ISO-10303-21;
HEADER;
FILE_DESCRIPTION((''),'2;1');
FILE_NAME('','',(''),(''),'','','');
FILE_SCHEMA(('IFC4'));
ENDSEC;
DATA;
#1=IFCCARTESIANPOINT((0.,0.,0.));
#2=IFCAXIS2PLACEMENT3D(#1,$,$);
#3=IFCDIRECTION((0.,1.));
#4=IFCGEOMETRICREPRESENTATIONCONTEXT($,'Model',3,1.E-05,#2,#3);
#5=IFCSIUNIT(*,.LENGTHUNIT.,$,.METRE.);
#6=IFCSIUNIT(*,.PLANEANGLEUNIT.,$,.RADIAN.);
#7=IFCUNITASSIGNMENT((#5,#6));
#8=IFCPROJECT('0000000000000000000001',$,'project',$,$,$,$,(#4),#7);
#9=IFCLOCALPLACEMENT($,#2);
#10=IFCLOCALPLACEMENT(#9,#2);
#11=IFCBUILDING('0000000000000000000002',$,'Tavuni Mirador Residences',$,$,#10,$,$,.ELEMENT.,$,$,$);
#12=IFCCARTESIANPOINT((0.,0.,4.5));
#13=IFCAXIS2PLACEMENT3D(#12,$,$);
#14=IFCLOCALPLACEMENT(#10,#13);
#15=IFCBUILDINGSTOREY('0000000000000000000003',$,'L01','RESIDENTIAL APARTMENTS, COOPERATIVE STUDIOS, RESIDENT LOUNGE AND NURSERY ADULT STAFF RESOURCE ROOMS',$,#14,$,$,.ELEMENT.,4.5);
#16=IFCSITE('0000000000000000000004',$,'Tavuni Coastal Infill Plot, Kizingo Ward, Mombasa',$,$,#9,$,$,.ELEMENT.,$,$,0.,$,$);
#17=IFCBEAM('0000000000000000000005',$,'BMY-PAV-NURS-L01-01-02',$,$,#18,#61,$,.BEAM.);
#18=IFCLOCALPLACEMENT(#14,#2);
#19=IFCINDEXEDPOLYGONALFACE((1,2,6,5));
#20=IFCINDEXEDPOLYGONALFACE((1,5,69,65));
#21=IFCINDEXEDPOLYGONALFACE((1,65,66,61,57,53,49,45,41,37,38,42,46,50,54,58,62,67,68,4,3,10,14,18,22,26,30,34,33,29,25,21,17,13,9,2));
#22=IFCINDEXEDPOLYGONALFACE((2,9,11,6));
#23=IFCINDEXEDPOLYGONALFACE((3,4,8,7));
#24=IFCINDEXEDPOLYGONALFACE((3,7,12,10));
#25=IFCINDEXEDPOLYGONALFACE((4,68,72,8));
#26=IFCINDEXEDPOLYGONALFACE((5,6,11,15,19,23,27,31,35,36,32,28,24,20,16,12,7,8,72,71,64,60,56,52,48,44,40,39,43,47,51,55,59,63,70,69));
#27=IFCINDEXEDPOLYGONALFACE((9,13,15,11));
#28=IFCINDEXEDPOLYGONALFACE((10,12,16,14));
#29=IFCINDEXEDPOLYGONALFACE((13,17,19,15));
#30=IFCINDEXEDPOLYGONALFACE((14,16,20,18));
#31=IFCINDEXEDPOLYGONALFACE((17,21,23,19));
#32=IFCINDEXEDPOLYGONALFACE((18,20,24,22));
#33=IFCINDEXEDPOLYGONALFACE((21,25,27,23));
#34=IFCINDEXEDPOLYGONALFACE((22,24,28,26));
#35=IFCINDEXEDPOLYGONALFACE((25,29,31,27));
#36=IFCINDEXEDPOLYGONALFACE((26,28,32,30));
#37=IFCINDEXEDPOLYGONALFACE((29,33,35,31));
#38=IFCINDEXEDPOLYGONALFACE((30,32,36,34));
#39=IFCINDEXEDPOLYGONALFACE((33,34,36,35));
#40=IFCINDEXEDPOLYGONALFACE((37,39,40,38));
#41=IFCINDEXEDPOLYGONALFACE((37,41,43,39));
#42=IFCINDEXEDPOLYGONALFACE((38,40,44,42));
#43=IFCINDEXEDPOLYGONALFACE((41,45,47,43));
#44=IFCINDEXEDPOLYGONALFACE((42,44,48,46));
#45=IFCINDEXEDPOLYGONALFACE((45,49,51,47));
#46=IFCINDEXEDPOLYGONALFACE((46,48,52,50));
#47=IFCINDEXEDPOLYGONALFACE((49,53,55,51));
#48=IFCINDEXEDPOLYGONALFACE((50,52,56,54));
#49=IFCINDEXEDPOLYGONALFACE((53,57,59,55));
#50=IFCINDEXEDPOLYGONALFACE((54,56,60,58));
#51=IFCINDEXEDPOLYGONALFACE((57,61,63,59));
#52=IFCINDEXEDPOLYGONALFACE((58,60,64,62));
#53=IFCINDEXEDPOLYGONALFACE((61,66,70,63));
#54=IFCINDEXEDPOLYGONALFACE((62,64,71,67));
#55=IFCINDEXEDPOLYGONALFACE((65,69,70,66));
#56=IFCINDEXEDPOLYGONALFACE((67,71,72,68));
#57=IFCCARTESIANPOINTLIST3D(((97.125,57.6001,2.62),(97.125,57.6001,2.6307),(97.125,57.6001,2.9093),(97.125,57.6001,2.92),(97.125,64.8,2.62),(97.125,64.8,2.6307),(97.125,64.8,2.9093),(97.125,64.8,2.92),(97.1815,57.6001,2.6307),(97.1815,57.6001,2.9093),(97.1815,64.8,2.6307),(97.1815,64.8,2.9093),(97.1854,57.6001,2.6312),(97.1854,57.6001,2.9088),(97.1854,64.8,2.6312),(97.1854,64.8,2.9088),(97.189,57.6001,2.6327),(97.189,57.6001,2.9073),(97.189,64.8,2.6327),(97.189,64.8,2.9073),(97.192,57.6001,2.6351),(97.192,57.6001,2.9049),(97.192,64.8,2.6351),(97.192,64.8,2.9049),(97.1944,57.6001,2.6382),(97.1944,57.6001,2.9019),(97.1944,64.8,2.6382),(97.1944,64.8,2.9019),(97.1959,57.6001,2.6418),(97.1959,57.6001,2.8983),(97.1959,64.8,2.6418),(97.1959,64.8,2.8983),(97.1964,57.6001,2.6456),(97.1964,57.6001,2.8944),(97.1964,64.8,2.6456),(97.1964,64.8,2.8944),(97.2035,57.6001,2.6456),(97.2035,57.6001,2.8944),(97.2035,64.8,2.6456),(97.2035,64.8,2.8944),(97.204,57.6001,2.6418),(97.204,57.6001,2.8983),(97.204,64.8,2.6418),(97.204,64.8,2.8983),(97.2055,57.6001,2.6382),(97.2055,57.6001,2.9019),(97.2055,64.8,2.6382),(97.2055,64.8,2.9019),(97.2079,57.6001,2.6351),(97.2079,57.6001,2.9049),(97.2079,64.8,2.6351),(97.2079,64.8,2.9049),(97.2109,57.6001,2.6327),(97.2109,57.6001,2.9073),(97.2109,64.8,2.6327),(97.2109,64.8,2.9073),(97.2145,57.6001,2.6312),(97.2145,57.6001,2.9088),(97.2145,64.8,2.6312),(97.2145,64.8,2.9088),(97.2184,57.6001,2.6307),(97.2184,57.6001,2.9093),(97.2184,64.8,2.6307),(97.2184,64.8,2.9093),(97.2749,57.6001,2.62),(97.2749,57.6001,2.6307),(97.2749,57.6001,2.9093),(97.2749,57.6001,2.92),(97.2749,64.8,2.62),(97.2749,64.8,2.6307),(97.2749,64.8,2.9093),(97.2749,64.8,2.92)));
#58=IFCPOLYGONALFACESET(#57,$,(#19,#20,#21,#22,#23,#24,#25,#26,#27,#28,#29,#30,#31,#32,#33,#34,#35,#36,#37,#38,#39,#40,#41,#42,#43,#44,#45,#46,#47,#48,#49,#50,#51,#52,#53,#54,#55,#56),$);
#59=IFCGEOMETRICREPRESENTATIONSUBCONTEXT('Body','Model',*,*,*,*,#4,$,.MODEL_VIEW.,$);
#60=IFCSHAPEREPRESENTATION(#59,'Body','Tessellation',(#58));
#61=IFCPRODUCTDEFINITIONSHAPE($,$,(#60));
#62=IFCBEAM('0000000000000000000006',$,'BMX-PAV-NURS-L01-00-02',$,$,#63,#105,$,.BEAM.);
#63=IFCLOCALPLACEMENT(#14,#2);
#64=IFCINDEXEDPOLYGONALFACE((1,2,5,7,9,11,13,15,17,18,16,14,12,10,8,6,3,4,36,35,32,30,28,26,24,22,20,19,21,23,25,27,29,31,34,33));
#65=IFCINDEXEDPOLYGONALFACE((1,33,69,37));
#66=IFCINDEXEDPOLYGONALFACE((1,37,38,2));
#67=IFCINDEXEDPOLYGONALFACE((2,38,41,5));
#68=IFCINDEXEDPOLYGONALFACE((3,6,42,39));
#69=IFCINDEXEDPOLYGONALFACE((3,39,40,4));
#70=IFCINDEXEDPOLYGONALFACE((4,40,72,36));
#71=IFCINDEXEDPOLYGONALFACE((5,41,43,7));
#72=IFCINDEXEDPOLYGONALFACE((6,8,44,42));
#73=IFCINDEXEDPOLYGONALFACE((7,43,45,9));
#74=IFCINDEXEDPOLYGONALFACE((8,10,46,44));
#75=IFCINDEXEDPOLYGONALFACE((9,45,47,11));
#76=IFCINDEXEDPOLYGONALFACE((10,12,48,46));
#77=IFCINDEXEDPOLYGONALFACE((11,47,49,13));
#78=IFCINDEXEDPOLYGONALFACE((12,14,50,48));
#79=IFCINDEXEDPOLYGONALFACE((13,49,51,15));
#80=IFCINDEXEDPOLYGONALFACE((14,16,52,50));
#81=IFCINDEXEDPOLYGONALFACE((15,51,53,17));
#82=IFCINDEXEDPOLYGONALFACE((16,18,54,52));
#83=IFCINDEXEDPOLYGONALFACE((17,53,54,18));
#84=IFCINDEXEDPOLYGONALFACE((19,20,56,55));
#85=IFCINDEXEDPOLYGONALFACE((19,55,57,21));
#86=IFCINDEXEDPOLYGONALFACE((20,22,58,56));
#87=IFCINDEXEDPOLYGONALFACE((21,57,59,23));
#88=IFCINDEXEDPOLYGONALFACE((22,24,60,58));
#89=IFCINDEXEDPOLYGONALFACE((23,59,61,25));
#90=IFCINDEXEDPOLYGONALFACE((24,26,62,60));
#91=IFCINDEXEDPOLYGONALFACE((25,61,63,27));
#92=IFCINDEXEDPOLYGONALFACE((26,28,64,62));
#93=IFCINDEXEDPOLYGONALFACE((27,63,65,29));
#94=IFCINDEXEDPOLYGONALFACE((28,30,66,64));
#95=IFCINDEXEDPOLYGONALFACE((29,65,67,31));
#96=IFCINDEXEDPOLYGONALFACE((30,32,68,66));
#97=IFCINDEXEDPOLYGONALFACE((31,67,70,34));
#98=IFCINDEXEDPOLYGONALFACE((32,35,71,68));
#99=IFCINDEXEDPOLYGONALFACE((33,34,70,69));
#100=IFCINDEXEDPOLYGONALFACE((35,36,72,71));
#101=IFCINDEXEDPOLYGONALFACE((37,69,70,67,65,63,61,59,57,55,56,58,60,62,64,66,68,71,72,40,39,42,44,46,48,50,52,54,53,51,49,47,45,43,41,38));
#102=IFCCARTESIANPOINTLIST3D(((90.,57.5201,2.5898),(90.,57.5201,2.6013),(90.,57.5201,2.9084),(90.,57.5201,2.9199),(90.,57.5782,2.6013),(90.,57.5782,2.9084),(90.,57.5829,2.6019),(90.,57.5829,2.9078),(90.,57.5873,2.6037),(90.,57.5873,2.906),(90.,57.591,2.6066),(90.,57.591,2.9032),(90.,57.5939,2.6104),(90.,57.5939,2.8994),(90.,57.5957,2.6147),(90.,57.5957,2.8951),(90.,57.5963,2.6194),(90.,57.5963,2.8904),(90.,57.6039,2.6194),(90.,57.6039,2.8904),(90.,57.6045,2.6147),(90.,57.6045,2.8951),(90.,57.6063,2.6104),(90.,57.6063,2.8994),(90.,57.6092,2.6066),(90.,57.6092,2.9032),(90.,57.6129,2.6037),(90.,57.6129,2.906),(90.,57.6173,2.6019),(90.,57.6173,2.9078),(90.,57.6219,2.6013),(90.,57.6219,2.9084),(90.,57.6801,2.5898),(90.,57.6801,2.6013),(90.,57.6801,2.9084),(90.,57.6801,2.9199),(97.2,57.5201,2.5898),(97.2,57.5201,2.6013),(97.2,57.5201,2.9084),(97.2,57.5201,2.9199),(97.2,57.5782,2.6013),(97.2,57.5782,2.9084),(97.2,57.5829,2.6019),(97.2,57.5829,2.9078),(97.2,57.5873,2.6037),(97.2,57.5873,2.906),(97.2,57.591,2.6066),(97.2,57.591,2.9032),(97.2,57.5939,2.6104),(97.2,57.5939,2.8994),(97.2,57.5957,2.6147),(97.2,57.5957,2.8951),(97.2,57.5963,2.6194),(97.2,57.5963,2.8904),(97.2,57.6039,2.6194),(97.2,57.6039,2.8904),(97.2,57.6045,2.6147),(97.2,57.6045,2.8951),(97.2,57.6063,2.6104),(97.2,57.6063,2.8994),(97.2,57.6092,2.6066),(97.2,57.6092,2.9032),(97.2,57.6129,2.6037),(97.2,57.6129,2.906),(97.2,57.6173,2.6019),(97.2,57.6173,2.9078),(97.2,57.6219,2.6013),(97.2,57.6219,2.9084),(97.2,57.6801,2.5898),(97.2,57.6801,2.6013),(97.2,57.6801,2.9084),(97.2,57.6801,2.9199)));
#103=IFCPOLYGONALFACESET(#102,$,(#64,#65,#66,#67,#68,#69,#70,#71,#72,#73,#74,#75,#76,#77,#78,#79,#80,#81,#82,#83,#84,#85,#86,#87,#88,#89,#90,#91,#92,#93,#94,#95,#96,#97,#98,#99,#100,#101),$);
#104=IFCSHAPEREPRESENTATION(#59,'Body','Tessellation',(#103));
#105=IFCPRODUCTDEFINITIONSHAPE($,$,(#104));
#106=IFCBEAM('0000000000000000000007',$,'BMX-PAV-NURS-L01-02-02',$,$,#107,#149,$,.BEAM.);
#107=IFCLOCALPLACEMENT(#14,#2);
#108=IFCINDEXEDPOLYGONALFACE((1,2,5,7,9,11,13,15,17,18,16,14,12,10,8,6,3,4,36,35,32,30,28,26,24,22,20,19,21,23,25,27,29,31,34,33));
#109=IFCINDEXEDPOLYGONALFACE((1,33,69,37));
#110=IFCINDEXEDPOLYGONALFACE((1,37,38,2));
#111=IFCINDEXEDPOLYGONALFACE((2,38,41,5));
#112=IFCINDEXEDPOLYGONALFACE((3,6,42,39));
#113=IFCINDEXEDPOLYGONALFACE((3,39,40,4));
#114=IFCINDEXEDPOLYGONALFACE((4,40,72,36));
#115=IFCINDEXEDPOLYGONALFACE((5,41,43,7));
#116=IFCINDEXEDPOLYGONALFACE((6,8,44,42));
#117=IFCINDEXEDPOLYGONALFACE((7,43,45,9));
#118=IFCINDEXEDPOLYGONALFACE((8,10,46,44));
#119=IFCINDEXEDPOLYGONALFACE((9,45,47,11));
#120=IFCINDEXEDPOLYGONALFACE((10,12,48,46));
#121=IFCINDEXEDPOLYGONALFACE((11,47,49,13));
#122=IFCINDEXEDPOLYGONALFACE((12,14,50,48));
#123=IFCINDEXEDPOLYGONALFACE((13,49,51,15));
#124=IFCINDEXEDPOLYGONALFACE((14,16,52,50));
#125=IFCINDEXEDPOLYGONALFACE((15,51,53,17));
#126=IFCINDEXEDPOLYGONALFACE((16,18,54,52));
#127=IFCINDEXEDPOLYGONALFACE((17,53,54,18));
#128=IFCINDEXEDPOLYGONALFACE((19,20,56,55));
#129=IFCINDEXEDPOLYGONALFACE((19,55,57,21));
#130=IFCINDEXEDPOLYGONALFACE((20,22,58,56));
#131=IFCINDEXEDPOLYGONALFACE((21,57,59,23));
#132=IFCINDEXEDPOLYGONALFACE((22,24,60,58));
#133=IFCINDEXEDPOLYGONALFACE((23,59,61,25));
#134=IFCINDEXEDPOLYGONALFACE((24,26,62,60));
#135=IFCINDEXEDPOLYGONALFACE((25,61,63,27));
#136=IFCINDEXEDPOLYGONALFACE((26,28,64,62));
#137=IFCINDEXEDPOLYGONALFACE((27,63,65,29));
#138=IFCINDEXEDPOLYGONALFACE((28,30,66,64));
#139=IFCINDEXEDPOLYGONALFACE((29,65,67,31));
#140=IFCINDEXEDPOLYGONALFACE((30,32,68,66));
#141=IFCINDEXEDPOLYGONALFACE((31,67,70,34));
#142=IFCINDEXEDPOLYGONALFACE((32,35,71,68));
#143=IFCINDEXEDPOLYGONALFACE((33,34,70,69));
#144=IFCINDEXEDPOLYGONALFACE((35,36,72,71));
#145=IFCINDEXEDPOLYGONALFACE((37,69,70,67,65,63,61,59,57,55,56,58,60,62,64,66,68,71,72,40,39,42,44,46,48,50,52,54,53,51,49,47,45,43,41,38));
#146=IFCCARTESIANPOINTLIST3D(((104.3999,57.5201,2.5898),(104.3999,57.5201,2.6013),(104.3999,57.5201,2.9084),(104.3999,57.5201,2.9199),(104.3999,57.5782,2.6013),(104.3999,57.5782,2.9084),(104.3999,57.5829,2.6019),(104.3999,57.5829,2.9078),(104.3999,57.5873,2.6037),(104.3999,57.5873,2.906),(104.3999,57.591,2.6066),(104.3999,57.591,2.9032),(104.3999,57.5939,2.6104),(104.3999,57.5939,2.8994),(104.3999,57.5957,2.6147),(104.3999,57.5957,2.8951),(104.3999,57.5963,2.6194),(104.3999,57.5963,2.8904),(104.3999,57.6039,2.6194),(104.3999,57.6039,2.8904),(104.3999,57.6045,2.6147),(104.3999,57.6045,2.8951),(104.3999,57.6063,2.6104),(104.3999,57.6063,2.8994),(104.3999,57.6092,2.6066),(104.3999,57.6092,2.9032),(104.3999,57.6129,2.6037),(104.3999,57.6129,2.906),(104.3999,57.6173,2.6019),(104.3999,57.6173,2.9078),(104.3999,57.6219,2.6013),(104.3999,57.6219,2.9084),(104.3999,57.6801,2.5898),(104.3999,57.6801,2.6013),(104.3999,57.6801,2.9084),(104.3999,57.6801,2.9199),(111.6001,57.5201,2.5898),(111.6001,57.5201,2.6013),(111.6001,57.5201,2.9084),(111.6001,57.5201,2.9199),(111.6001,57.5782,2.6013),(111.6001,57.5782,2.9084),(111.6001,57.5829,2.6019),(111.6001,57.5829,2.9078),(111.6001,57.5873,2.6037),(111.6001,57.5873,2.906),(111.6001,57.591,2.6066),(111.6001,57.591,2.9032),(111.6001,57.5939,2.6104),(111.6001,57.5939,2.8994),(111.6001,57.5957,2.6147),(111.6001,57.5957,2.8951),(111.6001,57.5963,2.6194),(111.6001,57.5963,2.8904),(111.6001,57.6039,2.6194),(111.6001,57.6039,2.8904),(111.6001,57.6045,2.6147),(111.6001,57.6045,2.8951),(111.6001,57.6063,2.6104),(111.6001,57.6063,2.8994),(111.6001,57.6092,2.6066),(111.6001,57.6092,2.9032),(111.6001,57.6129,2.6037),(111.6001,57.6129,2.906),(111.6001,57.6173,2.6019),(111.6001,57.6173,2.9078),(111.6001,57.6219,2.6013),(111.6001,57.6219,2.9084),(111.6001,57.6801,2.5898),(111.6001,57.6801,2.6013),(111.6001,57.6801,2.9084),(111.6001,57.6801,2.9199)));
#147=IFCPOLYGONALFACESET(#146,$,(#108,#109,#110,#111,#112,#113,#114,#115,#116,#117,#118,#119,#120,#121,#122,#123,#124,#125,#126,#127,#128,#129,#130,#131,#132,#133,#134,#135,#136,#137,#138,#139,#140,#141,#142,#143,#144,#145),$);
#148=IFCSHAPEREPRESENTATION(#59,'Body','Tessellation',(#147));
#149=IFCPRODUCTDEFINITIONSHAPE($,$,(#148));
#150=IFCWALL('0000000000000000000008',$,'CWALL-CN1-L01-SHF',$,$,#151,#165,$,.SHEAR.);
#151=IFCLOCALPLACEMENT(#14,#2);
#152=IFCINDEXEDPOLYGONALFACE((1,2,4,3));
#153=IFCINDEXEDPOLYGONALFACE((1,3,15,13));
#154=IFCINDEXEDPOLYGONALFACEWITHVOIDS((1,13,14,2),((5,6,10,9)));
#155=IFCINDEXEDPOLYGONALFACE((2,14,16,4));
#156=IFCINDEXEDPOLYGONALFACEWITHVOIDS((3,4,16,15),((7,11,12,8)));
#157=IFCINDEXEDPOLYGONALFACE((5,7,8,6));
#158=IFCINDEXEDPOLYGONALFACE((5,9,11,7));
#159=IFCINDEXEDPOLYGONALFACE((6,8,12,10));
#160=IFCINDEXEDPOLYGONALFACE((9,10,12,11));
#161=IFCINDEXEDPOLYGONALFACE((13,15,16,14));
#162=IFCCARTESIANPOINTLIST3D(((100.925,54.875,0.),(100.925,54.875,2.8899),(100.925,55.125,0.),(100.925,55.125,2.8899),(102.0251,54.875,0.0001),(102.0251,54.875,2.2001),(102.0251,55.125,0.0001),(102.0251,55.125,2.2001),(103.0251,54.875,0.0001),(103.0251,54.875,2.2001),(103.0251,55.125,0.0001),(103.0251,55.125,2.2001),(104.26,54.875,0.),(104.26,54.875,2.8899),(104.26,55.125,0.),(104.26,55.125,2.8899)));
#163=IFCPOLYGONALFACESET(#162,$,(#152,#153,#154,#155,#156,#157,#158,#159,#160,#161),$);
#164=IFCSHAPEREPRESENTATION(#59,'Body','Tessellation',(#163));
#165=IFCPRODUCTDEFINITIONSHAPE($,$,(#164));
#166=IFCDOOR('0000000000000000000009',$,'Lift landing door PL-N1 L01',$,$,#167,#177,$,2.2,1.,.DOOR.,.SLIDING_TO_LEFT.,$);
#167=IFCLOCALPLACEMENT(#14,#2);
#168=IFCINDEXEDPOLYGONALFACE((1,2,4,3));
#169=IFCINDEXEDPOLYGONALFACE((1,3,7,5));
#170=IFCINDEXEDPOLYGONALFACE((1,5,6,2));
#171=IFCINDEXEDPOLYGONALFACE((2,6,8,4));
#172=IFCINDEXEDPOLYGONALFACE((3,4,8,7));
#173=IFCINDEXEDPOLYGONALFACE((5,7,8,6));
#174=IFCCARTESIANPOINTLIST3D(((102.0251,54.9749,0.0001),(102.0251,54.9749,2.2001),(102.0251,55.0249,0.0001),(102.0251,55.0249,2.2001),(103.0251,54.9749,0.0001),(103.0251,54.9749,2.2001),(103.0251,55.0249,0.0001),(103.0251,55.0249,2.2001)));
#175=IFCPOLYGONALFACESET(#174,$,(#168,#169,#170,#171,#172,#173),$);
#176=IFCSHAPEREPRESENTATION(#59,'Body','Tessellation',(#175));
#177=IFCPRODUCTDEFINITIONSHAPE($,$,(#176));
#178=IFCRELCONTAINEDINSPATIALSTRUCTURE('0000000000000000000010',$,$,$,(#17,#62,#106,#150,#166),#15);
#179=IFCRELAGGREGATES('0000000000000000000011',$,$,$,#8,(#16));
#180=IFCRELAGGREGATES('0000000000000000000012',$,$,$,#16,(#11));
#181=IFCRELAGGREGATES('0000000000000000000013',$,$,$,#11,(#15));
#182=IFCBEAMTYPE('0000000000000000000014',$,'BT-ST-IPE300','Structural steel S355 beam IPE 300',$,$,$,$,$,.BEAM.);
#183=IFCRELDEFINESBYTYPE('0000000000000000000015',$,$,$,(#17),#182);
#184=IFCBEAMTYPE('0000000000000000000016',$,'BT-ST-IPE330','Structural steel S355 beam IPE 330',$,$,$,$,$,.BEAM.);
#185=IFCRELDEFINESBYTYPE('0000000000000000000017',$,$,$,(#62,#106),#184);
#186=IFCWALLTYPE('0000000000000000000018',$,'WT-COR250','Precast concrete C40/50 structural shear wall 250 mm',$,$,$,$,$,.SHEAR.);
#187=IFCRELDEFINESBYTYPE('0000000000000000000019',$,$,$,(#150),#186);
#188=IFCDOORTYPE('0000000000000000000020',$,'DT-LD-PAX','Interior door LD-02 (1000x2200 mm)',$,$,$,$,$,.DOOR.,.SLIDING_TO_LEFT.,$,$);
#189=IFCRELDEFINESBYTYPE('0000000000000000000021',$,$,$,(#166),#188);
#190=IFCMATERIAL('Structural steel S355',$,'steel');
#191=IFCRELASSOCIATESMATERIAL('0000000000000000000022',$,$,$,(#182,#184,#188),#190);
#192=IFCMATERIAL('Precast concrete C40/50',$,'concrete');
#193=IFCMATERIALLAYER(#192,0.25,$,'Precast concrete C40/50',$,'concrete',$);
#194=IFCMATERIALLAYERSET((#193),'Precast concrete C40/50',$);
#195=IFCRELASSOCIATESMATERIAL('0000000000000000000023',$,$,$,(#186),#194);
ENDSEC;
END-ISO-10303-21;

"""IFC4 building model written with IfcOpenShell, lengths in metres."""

from ifc_helpers import new_model, si_unit, direction, frame, frame_2d, origin, origin_2d, place, context, subcontext, project, spatial, rectangle, i_section, extrude, material, layer, layer_set, material_profile, profile_set, type_object, element, fill, save


model = new_model("IFC4")

# Units and contexts
model_context = context("Model", 3, precision=1e-05, world=origin(), true_north=direction((0.0, 1.0)))
body_context = subcontext(model_context, "Body", "Model", "MODEL_VIEW")
ifc_project = project(units=[si_unit("LENGTHUNIT", "METRE"), si_unit("PLANEANGLEUNIT", "RADIAN")], contexts=[model_context])

# Site, building, storey
site_placement = place(None, origin())
site = spatial("IfcSite", under=ifc_project, at=site_placement, Name="Tavuni Coastal Infill Plot, Kizingo Ward, Mombasa", CompositionType="ELEMENT", RefElevation=0.0)
building_placement = place(site_placement, origin())
building = spatial("IfcBuilding", under=site, at=building_placement, Name="Tavuni Mirador Residences", CompositionType="ELEMENT")
storey_placement = place(building_placement, frame((0.0, 0.0, 4.5)))
storey = spatial("IfcBuildingStorey", under=building, at=storey_placement, Name="L01", Description="RESIDENTIAL APARTMENTS, COOPERATIVE STUDIOS, RESIDENT LOUNGE AND NURSERY ADULT STAFF RESOURCE ROOMS", CompositionType="ELEMENT", Elevation=4.5)

# Shared definitions
ifc_material_1 = material(Name="Precast concrete C40/50", Category="concrete")
ifc_material_2 = material(Name="Structural steel S355", Category="steel")

# Beams
ifc_material_profile_1 = material_profile(ifc_material_2, i_section(OverallWidth=0.1499, OverallDepth=0.3, WebThickness=0.0071, FlangeThickness=0.0107, FilletRadius=0.0149, at=origin_2d()), Name="IPE 300", Category="steel")
ifc_profile_set_1 = profile_set([ifc_material_profile_1], Name="Structural steel S355")
beam_type_1 = type_object("IfcBeamType", Name="BT-ST-IPE300", Description="Structural steel S355 beam IPE 300", PredefinedType="BEAM", material=ifc_profile_set_1)
beam_1_placement = place(storey_placement, frame((97.2, 57.6001, 2.77), z_axis=(0.0, 1.0, 0.0), x_axis=(-1.0, 0.0, 0.0)))
element("IfcBeam", 1, at=beam_1_placement, inside=storey, type_object=beam_type_1, Name="BMY-PAV-NURS-L01-01-02", PredefinedType="BEAM", context=body_context, shape_type="SweptSolid", body=[
    extrude(i_section(OverallWidth=0.1499, OverallDepth=0.3, WebThickness=0.0071, FlangeThickness=0.0107, FilletRadius=0.0149, at=origin_2d()), origin(), (0.0, 0.0, 1.0), 7.2),
])
ifc_material_profile_2 = material_profile(ifc_material_2, i_section(OverallWidth=0.1599, OverallDepth=0.3301, WebThickness=0.0076, FlangeThickness=0.0115, FilletRadius=0.0181, at=origin_2d()), Name="IPE 330", Category="steel")
ifc_profile_set_2 = profile_set([ifc_material_profile_2], Name="Structural steel S355")
beam_type_2 = type_object("IfcBeamType", Name="BT-ST-IPE330", Description="Structural steel S355 beam IPE 330", PredefinedType="BEAM", material=ifc_profile_set_2)
beam_2_placement = place(storey_placement, frame((90.0, 57.6001, 2.7549), z_axis=(1.0, 0.0, 0.0), x_axis=(0.0, 1.0, 0.0)))
element("IfcBeam", 2, at=beam_2_placement, inside=storey, type_object=beam_type_2, Name="BMX-PAV-NURS-L01-00-02", PredefinedType="BEAM", context=body_context, shape_type="SweptSolid", body=[
    extrude(i_section(OverallWidth=0.1599, OverallDepth=0.3301, WebThickness=0.0076, FlangeThickness=0.0115, FilletRadius=0.0181, at=origin_2d()), origin(), (0.0, 0.0, 1.0), 7.2),
])
beam_3_placement = place(storey_placement, frame((104.3999, 57.6001, 2.7549), z_axis=(1.0, 0.0, 0.0), x_axis=(0.0, 1.0, 0.0)))
element("IfcBeam", 3, at=beam_3_placement, inside=storey, type_object=beam_type_2, Name="BMX-PAV-NURS-L01-02-02", PredefinedType="BEAM", context=body_context, shape_type="SweptSolid", body=[
    extrude(i_section(OverallWidth=0.1599, OverallDepth=0.3301, WebThickness=0.0076, FlangeThickness=0.0115, FilletRadius=0.0181, at=origin_2d()), origin(), (0.0, 0.0, 1.0), 7.2002),
])

# Wall, opening, door
ifc_layer_1 = layer(ifc_material_1, 0.25, Name="Precast concrete C40/50", Category="concrete")
ifc_layer_set_1 = layer_set([ifc_layer_1], Name="Precast concrete C40/50")
wall_type_1 = type_object("IfcWallType", Name="WT-COR250", Description="Precast concrete C40/50 structural shear wall 250 mm", PredefinedType="SHEAR", material=ifc_layer_set_1)
wall_1_placement = place(storey_placement, frame((100.925, 55.0, 0.0), z_axis=(0.0, 0.0, 1.0), x_axis=(1.0, 0.0, 0.0)))
wall_1 = element("IfcWall", 4, at=wall_1_placement, inside=storey, type_object=wall_type_1, Name="CWALL-CN1-L01-SHF", PredefinedType="SHEAR", context=body_context, shape_type="SweptSolid", body=[
    extrude(rectangle(XDim=3.335, YDim=0.25, at=frame_2d((1.6675, 0.0))), origin(), (0.0, 0.0, 1.0), 2.8899),
])
opening_1_placement = place(wall_1_placement, frame((1.1001, 0.0, 0.0)))
opening_1 = element("IfcOpeningElement", 5, at=opening_1_placement, cuts=wall_1, PredefinedType="OPENING", context=body_context, shape_type="SweptSolid", body=[
    extrude(rectangle(XDim=1.0, YDim=2.2, at=frame_2d((0.5, 1.1001))), frame((0.0, 0.135, 0.0), z_axis=(0.0, -1.0, 0.0), x_axis=(1.0, 0.0, 0.0)), (0.0, 0.0, 1.0), 0.27),
])
door_type = type_object("IfcDoorType", Name="DT-LD-PAX", Description="Interior door LD-02 (1000x2200 mm)", OperationType="SLIDING_TO_LEFT", PredefinedType="DOOR", material=ifc_material_2)
door_placement = place(opening_1_placement, origin())
door = element("IfcDoor", 6, at=door_placement, inside=storey, type_object=door_type, Name="Lift landing door PL-N1 L01", OperationType="SLIDING_TO_LEFT", OverallHeight=2.2, OverallWidth=1.0, PredefinedType="DOOR", context=body_context, shape_type="SweptSolid", body=[
    extrude(rectangle(XDim=1.0, YDim=2.2, at=frame_2d((0.5, 1.1001))), frame((0.0, 0.0249, 0.0), z_axis=(0.0, -1.0, 0.0), x_axis=(1.0, 0.0, 0.0)), (0.0, 0.0, 1.0), 0.05),
])
fill(opening_1, door)

save(model, "model.ifc")
